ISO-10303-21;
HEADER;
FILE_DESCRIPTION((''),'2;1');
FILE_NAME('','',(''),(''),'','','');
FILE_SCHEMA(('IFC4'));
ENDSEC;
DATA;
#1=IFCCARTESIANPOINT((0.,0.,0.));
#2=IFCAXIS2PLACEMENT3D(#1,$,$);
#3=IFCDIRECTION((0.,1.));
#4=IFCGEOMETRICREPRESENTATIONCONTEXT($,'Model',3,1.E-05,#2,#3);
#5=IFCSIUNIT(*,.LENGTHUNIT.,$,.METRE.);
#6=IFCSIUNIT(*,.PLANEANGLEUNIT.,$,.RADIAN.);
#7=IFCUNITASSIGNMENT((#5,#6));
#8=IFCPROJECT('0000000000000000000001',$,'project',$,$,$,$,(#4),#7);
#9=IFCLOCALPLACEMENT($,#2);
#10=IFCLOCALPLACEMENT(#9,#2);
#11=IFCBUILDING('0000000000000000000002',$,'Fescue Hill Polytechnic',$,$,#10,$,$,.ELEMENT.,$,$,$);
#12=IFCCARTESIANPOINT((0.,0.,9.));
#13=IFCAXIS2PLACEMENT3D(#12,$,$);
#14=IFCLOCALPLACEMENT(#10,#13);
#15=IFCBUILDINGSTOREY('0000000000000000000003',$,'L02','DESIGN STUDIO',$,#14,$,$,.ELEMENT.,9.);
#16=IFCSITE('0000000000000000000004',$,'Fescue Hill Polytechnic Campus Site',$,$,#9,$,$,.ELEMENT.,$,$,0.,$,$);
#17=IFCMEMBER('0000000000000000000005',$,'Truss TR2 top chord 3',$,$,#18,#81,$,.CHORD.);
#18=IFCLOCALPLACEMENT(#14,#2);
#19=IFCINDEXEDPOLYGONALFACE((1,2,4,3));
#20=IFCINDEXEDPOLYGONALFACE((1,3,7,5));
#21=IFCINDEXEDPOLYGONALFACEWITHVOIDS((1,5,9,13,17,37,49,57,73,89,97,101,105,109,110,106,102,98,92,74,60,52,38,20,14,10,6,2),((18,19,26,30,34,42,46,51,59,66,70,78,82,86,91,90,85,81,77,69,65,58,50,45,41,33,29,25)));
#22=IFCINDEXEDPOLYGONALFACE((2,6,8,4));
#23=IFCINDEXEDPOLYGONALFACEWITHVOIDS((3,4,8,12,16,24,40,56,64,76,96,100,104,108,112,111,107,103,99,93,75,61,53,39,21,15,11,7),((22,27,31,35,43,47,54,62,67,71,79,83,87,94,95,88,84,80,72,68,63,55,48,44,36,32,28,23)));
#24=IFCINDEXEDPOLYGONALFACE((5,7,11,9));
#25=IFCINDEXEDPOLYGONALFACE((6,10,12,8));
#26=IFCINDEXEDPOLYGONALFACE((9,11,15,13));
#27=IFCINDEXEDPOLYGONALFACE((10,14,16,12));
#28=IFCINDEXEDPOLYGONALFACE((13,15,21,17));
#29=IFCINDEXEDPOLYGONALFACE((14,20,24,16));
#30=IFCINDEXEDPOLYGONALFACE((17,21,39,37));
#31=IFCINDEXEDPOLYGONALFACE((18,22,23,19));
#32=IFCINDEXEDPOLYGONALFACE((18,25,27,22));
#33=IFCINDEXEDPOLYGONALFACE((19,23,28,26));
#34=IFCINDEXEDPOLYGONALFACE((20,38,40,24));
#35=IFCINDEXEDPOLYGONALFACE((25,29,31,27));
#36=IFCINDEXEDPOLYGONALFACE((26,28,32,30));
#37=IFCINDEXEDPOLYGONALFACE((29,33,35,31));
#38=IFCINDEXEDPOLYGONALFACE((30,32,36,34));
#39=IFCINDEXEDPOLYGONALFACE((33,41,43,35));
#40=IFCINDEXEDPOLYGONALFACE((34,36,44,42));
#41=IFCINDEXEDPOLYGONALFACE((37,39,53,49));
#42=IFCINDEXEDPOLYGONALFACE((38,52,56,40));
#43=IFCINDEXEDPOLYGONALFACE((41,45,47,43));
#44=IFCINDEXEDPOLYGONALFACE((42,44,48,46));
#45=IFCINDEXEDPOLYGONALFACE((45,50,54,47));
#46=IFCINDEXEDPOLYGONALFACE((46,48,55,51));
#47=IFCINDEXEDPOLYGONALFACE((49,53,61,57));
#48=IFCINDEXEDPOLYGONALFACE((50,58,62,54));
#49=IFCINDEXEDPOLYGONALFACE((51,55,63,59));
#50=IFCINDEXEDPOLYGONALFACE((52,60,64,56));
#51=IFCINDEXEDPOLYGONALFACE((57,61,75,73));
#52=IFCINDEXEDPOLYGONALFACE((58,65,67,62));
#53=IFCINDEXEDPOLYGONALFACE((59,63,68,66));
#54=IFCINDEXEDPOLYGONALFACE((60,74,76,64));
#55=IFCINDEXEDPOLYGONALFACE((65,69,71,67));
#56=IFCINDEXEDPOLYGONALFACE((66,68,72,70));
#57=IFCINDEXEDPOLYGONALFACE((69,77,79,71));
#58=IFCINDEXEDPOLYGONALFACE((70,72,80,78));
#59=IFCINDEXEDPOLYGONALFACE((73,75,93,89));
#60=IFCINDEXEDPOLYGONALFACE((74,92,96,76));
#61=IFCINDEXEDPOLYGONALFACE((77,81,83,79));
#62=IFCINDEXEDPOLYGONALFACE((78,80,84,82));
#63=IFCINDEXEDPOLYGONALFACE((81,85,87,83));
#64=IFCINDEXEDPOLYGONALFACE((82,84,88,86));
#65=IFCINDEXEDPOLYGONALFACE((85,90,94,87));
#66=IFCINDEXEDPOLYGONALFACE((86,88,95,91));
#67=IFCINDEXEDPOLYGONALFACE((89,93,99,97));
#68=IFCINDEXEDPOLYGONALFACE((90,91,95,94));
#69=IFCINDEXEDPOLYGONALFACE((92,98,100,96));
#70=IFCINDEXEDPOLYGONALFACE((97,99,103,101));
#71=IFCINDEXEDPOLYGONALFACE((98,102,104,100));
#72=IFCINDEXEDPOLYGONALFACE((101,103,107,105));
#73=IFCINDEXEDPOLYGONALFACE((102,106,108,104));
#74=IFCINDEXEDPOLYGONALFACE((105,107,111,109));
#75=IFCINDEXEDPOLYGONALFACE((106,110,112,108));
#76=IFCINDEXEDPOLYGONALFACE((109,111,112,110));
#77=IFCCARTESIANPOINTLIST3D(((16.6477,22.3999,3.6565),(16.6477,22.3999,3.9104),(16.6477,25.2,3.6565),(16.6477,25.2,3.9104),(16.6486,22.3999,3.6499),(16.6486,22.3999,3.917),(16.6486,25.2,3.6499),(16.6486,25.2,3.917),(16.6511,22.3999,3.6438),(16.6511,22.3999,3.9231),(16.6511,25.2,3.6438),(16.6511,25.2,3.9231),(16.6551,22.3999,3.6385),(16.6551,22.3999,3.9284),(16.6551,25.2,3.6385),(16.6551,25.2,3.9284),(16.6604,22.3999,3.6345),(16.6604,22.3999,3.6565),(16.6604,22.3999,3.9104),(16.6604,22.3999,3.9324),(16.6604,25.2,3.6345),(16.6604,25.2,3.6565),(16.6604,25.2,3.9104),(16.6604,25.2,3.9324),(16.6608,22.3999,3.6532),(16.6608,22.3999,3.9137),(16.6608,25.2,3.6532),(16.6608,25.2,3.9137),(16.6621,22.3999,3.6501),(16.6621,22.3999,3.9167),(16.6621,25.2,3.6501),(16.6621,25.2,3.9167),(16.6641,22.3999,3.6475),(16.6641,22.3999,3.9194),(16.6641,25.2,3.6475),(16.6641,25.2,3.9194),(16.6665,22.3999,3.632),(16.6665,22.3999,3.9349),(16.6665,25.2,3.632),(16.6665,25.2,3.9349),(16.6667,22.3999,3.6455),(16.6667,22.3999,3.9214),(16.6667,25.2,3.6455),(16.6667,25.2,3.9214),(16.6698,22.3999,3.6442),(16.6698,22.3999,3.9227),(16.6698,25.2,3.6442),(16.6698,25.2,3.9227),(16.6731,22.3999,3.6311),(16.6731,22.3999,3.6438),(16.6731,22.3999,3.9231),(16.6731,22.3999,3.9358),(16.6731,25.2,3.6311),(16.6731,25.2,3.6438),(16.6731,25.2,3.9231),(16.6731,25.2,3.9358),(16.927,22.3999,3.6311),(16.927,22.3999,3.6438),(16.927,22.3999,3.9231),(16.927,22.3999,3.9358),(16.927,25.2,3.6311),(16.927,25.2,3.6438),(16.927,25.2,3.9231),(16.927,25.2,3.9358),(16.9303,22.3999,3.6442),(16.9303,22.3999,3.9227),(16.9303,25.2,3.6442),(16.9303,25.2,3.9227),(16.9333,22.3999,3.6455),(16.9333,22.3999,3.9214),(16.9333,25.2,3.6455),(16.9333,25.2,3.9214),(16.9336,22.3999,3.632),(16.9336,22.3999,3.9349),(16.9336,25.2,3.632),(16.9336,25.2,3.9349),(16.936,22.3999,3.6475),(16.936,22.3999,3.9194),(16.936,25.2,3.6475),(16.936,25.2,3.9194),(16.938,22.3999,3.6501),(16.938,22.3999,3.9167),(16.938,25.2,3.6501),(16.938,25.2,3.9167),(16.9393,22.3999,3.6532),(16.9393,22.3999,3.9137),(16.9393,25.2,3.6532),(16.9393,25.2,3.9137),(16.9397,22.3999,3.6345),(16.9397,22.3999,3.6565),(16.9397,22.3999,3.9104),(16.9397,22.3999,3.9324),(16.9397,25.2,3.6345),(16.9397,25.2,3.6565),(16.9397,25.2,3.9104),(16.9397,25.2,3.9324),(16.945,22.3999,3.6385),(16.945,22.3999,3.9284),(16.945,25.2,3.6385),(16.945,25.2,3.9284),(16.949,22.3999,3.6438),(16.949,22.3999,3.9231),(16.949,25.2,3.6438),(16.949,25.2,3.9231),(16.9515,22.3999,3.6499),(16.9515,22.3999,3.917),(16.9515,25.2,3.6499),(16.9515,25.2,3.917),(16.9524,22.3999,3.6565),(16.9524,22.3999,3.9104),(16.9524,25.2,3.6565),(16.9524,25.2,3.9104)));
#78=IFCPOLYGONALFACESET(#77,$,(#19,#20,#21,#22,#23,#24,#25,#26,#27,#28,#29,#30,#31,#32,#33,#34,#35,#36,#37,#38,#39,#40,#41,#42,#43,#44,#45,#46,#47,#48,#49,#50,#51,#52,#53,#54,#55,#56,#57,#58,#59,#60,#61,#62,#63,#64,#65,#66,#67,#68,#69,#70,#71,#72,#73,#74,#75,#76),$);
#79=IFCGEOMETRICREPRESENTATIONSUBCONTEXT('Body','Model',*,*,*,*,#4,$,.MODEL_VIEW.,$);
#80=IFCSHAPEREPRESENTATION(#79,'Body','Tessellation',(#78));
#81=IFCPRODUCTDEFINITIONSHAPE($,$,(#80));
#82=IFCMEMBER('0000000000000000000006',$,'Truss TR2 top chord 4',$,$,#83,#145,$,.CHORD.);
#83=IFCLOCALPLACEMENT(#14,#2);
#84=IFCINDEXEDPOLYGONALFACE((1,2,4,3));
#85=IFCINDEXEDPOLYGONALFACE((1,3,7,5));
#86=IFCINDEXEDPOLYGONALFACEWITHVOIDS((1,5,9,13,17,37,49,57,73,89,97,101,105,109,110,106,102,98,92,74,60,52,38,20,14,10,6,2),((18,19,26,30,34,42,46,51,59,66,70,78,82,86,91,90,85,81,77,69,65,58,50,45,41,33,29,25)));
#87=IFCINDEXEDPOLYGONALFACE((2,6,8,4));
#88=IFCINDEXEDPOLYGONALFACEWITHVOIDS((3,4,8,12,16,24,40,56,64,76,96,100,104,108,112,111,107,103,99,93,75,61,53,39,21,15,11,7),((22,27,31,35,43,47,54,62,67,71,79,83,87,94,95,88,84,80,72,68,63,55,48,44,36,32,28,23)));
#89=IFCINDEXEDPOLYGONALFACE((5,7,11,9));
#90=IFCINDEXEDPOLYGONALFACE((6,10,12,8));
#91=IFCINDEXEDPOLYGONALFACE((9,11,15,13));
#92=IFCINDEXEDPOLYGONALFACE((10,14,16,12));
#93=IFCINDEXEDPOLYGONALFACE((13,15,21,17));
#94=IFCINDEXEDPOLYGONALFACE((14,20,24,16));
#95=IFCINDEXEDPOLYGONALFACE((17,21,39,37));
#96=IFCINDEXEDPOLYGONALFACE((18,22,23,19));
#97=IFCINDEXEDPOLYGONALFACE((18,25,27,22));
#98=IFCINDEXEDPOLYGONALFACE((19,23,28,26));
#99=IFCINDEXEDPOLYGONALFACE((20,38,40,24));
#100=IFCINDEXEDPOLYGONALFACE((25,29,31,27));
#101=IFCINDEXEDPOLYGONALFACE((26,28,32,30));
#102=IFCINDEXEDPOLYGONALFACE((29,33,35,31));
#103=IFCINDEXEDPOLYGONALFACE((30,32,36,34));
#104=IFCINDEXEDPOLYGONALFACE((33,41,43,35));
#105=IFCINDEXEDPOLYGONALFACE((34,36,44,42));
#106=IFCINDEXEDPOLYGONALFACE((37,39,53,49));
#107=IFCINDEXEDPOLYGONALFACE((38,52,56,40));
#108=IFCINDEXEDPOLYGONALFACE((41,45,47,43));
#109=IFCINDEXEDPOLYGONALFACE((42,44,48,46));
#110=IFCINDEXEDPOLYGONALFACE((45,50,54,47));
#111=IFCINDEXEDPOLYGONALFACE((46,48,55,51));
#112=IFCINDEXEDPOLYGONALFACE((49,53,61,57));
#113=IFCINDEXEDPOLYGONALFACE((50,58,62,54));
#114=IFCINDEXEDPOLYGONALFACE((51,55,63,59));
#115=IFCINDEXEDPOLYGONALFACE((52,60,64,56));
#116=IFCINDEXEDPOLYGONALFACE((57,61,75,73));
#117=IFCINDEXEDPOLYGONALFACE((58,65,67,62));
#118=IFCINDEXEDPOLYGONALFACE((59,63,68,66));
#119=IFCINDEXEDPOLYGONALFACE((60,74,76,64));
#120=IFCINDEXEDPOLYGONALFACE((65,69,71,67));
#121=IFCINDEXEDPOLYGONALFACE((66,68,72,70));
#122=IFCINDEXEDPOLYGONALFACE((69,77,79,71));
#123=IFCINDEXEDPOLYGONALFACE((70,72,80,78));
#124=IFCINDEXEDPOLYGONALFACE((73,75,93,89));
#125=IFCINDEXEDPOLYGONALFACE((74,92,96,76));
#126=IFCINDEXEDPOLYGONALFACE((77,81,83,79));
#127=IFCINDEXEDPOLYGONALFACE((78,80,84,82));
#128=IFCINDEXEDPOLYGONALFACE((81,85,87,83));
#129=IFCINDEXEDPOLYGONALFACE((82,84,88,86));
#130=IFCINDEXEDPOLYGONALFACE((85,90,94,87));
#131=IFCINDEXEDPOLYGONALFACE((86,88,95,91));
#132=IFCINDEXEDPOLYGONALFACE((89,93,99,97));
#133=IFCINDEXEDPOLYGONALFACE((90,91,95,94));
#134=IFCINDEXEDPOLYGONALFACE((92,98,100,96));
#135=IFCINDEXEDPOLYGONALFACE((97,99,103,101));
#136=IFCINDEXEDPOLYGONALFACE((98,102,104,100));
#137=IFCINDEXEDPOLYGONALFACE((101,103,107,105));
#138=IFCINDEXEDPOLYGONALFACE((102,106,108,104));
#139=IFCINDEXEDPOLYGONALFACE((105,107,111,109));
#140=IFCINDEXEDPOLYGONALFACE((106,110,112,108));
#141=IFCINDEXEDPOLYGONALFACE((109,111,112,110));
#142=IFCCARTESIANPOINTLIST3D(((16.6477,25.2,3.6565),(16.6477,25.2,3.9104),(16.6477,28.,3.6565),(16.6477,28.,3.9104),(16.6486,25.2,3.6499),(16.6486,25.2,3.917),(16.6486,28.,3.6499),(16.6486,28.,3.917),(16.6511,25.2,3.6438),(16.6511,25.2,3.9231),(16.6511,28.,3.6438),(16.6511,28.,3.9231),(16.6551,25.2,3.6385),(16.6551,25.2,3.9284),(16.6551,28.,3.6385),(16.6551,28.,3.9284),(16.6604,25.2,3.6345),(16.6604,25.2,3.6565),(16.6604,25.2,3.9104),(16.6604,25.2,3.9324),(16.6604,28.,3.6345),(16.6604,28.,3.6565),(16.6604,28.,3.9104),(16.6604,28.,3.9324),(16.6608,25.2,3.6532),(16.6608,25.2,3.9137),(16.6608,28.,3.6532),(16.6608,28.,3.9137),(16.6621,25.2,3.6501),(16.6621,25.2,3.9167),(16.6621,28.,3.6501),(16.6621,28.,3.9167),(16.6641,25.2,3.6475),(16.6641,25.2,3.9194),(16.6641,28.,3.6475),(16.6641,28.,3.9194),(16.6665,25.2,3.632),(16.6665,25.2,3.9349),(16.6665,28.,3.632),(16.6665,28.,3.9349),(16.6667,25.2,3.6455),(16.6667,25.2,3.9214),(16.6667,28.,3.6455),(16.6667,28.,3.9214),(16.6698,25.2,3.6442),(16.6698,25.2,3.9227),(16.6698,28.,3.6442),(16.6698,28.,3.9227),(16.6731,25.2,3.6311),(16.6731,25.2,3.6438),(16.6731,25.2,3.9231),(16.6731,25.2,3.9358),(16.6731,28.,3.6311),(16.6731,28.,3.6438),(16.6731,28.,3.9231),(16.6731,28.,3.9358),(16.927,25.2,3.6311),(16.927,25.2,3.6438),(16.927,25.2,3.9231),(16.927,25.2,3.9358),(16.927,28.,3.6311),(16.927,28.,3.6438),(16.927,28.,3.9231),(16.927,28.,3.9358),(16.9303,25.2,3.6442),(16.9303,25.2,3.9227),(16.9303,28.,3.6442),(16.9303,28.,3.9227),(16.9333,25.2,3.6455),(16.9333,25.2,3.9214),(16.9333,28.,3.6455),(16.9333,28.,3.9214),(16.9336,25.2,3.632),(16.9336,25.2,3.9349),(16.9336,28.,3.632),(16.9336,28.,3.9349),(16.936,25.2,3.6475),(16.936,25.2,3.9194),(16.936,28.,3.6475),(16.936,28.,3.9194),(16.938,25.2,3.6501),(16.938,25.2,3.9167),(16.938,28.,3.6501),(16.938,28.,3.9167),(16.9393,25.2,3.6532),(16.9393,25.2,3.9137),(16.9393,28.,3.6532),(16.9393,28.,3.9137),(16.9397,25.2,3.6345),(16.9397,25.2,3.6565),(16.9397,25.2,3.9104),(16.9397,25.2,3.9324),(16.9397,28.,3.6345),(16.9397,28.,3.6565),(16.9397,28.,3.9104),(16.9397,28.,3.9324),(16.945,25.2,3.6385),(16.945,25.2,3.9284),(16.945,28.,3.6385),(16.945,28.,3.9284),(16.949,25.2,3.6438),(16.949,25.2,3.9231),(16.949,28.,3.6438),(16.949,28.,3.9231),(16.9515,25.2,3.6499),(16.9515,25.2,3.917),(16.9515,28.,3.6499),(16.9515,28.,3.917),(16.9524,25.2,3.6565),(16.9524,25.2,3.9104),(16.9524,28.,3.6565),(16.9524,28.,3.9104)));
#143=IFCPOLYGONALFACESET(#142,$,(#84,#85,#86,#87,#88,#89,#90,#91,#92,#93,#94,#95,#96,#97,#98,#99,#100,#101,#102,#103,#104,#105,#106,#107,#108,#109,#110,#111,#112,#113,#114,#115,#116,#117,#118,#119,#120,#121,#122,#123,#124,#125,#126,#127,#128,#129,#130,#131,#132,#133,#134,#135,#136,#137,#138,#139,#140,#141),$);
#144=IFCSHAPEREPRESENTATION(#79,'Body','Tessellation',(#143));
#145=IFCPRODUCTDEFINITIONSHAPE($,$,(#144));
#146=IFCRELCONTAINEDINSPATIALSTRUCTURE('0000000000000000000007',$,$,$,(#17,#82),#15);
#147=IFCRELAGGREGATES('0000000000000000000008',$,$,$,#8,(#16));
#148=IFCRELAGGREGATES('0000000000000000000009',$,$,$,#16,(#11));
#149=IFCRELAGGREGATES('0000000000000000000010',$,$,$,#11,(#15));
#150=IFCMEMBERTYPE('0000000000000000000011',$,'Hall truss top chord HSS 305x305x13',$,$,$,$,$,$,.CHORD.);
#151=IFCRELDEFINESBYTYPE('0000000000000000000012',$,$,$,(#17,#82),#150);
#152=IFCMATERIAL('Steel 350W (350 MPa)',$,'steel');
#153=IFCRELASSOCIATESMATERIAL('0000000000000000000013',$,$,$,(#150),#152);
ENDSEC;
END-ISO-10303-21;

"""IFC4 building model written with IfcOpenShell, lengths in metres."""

from ifc_helpers import new_model, si_unit, direction, frame, origin, origin_2d, place, context, subcontext, project, spatial, hollow_rectangle, extrude, material, material_profile, profile_set, type_object, element, save


model = new_model("IFC4")

# Units and contexts
model_context = context("Model", 3, precision=1e-05, world=origin(), true_north=direction((0.0, 1.0)))
body_context = subcontext(model_context, "Body", "Model", "MODEL_VIEW")
ifc_project = project(units=[si_unit("LENGTHUNIT", "METRE"), si_unit("PLANEANGLEUNIT", "RADIAN")], contexts=[model_context])

# Site, building, storey
site_placement = place(None, origin())
site = spatial("IfcSite", under=ifc_project, at=site_placement, Name="Fescue Hill Polytechnic Campus Site", CompositionType="ELEMENT", RefElevation=0.0)
building_placement = place(site_placement, origin())
building = spatial("IfcBuilding", under=site, at=building_placement, Name="Fescue Hill Polytechnic", CompositionType="ELEMENT")
storey_placement = place(building_placement, frame((0.0, 0.0, 9.0)))
storey = spatial("IfcBuildingStorey", under=building, at=storey_placement, Name="L02", Description="DESIGN STUDIO", CompositionType="ELEMENT", Elevation=9.0)

# Members
ifc_material_1 = material(Name="Steel 350W (350 MPa)", Category="steel")
ifc_material_profile_1 = material_profile(ifc_material_1, hollow_rectangle(XDim=0.3047, YDim=0.3047, WallThickness=0.0127, InnerFilletRadius=0.0127, OuterFilletRadius=0.0254, at=origin_2d()), Name="Hall truss top chord HSS 305x305x13")
ifc_profile_set_1 = profile_set([ifc_material_profile_1], Name="Steel 350W (350 MPa)")
member_type_1 = type_object("IfcMemberType", Name="Hall truss top chord HSS 305x305x13", PredefinedType="CHORD", material=ifc_profile_set_1)
for number, where, z_axis, x_axis, name in (
    (1, (16.8, 22.3999, 3.7834), (0.0, 1.0, 0.0), (-1.0, 0.0, 0.0), "Truss TR2 top chord 3"),
    (2, (16.8, 25.2, 3.7834), (0.0, 1.0, 0.0), (-1.0, 0.0, 0.0), "Truss TR2 top chord 4"),
):
    element("IfcMember", number, at=place(storey_placement, frame(where, z_axis=z_axis, x_axis=x_axis)), inside=storey, type_object=member_type_1, Name=name, PredefinedType="CHORD", context=body_context, shape_type="SweptSolid", body=[
        extrude(hollow_rectangle(XDim=0.3047, YDim=0.3047, WallThickness=0.0127, InnerFilletRadius=0.0127, OuterFilletRadius=0.0254, at=origin_2d()), origin(), (0.0, 0.0, 1.0), 2.8),
    ])

save(model, "model.ifc")
